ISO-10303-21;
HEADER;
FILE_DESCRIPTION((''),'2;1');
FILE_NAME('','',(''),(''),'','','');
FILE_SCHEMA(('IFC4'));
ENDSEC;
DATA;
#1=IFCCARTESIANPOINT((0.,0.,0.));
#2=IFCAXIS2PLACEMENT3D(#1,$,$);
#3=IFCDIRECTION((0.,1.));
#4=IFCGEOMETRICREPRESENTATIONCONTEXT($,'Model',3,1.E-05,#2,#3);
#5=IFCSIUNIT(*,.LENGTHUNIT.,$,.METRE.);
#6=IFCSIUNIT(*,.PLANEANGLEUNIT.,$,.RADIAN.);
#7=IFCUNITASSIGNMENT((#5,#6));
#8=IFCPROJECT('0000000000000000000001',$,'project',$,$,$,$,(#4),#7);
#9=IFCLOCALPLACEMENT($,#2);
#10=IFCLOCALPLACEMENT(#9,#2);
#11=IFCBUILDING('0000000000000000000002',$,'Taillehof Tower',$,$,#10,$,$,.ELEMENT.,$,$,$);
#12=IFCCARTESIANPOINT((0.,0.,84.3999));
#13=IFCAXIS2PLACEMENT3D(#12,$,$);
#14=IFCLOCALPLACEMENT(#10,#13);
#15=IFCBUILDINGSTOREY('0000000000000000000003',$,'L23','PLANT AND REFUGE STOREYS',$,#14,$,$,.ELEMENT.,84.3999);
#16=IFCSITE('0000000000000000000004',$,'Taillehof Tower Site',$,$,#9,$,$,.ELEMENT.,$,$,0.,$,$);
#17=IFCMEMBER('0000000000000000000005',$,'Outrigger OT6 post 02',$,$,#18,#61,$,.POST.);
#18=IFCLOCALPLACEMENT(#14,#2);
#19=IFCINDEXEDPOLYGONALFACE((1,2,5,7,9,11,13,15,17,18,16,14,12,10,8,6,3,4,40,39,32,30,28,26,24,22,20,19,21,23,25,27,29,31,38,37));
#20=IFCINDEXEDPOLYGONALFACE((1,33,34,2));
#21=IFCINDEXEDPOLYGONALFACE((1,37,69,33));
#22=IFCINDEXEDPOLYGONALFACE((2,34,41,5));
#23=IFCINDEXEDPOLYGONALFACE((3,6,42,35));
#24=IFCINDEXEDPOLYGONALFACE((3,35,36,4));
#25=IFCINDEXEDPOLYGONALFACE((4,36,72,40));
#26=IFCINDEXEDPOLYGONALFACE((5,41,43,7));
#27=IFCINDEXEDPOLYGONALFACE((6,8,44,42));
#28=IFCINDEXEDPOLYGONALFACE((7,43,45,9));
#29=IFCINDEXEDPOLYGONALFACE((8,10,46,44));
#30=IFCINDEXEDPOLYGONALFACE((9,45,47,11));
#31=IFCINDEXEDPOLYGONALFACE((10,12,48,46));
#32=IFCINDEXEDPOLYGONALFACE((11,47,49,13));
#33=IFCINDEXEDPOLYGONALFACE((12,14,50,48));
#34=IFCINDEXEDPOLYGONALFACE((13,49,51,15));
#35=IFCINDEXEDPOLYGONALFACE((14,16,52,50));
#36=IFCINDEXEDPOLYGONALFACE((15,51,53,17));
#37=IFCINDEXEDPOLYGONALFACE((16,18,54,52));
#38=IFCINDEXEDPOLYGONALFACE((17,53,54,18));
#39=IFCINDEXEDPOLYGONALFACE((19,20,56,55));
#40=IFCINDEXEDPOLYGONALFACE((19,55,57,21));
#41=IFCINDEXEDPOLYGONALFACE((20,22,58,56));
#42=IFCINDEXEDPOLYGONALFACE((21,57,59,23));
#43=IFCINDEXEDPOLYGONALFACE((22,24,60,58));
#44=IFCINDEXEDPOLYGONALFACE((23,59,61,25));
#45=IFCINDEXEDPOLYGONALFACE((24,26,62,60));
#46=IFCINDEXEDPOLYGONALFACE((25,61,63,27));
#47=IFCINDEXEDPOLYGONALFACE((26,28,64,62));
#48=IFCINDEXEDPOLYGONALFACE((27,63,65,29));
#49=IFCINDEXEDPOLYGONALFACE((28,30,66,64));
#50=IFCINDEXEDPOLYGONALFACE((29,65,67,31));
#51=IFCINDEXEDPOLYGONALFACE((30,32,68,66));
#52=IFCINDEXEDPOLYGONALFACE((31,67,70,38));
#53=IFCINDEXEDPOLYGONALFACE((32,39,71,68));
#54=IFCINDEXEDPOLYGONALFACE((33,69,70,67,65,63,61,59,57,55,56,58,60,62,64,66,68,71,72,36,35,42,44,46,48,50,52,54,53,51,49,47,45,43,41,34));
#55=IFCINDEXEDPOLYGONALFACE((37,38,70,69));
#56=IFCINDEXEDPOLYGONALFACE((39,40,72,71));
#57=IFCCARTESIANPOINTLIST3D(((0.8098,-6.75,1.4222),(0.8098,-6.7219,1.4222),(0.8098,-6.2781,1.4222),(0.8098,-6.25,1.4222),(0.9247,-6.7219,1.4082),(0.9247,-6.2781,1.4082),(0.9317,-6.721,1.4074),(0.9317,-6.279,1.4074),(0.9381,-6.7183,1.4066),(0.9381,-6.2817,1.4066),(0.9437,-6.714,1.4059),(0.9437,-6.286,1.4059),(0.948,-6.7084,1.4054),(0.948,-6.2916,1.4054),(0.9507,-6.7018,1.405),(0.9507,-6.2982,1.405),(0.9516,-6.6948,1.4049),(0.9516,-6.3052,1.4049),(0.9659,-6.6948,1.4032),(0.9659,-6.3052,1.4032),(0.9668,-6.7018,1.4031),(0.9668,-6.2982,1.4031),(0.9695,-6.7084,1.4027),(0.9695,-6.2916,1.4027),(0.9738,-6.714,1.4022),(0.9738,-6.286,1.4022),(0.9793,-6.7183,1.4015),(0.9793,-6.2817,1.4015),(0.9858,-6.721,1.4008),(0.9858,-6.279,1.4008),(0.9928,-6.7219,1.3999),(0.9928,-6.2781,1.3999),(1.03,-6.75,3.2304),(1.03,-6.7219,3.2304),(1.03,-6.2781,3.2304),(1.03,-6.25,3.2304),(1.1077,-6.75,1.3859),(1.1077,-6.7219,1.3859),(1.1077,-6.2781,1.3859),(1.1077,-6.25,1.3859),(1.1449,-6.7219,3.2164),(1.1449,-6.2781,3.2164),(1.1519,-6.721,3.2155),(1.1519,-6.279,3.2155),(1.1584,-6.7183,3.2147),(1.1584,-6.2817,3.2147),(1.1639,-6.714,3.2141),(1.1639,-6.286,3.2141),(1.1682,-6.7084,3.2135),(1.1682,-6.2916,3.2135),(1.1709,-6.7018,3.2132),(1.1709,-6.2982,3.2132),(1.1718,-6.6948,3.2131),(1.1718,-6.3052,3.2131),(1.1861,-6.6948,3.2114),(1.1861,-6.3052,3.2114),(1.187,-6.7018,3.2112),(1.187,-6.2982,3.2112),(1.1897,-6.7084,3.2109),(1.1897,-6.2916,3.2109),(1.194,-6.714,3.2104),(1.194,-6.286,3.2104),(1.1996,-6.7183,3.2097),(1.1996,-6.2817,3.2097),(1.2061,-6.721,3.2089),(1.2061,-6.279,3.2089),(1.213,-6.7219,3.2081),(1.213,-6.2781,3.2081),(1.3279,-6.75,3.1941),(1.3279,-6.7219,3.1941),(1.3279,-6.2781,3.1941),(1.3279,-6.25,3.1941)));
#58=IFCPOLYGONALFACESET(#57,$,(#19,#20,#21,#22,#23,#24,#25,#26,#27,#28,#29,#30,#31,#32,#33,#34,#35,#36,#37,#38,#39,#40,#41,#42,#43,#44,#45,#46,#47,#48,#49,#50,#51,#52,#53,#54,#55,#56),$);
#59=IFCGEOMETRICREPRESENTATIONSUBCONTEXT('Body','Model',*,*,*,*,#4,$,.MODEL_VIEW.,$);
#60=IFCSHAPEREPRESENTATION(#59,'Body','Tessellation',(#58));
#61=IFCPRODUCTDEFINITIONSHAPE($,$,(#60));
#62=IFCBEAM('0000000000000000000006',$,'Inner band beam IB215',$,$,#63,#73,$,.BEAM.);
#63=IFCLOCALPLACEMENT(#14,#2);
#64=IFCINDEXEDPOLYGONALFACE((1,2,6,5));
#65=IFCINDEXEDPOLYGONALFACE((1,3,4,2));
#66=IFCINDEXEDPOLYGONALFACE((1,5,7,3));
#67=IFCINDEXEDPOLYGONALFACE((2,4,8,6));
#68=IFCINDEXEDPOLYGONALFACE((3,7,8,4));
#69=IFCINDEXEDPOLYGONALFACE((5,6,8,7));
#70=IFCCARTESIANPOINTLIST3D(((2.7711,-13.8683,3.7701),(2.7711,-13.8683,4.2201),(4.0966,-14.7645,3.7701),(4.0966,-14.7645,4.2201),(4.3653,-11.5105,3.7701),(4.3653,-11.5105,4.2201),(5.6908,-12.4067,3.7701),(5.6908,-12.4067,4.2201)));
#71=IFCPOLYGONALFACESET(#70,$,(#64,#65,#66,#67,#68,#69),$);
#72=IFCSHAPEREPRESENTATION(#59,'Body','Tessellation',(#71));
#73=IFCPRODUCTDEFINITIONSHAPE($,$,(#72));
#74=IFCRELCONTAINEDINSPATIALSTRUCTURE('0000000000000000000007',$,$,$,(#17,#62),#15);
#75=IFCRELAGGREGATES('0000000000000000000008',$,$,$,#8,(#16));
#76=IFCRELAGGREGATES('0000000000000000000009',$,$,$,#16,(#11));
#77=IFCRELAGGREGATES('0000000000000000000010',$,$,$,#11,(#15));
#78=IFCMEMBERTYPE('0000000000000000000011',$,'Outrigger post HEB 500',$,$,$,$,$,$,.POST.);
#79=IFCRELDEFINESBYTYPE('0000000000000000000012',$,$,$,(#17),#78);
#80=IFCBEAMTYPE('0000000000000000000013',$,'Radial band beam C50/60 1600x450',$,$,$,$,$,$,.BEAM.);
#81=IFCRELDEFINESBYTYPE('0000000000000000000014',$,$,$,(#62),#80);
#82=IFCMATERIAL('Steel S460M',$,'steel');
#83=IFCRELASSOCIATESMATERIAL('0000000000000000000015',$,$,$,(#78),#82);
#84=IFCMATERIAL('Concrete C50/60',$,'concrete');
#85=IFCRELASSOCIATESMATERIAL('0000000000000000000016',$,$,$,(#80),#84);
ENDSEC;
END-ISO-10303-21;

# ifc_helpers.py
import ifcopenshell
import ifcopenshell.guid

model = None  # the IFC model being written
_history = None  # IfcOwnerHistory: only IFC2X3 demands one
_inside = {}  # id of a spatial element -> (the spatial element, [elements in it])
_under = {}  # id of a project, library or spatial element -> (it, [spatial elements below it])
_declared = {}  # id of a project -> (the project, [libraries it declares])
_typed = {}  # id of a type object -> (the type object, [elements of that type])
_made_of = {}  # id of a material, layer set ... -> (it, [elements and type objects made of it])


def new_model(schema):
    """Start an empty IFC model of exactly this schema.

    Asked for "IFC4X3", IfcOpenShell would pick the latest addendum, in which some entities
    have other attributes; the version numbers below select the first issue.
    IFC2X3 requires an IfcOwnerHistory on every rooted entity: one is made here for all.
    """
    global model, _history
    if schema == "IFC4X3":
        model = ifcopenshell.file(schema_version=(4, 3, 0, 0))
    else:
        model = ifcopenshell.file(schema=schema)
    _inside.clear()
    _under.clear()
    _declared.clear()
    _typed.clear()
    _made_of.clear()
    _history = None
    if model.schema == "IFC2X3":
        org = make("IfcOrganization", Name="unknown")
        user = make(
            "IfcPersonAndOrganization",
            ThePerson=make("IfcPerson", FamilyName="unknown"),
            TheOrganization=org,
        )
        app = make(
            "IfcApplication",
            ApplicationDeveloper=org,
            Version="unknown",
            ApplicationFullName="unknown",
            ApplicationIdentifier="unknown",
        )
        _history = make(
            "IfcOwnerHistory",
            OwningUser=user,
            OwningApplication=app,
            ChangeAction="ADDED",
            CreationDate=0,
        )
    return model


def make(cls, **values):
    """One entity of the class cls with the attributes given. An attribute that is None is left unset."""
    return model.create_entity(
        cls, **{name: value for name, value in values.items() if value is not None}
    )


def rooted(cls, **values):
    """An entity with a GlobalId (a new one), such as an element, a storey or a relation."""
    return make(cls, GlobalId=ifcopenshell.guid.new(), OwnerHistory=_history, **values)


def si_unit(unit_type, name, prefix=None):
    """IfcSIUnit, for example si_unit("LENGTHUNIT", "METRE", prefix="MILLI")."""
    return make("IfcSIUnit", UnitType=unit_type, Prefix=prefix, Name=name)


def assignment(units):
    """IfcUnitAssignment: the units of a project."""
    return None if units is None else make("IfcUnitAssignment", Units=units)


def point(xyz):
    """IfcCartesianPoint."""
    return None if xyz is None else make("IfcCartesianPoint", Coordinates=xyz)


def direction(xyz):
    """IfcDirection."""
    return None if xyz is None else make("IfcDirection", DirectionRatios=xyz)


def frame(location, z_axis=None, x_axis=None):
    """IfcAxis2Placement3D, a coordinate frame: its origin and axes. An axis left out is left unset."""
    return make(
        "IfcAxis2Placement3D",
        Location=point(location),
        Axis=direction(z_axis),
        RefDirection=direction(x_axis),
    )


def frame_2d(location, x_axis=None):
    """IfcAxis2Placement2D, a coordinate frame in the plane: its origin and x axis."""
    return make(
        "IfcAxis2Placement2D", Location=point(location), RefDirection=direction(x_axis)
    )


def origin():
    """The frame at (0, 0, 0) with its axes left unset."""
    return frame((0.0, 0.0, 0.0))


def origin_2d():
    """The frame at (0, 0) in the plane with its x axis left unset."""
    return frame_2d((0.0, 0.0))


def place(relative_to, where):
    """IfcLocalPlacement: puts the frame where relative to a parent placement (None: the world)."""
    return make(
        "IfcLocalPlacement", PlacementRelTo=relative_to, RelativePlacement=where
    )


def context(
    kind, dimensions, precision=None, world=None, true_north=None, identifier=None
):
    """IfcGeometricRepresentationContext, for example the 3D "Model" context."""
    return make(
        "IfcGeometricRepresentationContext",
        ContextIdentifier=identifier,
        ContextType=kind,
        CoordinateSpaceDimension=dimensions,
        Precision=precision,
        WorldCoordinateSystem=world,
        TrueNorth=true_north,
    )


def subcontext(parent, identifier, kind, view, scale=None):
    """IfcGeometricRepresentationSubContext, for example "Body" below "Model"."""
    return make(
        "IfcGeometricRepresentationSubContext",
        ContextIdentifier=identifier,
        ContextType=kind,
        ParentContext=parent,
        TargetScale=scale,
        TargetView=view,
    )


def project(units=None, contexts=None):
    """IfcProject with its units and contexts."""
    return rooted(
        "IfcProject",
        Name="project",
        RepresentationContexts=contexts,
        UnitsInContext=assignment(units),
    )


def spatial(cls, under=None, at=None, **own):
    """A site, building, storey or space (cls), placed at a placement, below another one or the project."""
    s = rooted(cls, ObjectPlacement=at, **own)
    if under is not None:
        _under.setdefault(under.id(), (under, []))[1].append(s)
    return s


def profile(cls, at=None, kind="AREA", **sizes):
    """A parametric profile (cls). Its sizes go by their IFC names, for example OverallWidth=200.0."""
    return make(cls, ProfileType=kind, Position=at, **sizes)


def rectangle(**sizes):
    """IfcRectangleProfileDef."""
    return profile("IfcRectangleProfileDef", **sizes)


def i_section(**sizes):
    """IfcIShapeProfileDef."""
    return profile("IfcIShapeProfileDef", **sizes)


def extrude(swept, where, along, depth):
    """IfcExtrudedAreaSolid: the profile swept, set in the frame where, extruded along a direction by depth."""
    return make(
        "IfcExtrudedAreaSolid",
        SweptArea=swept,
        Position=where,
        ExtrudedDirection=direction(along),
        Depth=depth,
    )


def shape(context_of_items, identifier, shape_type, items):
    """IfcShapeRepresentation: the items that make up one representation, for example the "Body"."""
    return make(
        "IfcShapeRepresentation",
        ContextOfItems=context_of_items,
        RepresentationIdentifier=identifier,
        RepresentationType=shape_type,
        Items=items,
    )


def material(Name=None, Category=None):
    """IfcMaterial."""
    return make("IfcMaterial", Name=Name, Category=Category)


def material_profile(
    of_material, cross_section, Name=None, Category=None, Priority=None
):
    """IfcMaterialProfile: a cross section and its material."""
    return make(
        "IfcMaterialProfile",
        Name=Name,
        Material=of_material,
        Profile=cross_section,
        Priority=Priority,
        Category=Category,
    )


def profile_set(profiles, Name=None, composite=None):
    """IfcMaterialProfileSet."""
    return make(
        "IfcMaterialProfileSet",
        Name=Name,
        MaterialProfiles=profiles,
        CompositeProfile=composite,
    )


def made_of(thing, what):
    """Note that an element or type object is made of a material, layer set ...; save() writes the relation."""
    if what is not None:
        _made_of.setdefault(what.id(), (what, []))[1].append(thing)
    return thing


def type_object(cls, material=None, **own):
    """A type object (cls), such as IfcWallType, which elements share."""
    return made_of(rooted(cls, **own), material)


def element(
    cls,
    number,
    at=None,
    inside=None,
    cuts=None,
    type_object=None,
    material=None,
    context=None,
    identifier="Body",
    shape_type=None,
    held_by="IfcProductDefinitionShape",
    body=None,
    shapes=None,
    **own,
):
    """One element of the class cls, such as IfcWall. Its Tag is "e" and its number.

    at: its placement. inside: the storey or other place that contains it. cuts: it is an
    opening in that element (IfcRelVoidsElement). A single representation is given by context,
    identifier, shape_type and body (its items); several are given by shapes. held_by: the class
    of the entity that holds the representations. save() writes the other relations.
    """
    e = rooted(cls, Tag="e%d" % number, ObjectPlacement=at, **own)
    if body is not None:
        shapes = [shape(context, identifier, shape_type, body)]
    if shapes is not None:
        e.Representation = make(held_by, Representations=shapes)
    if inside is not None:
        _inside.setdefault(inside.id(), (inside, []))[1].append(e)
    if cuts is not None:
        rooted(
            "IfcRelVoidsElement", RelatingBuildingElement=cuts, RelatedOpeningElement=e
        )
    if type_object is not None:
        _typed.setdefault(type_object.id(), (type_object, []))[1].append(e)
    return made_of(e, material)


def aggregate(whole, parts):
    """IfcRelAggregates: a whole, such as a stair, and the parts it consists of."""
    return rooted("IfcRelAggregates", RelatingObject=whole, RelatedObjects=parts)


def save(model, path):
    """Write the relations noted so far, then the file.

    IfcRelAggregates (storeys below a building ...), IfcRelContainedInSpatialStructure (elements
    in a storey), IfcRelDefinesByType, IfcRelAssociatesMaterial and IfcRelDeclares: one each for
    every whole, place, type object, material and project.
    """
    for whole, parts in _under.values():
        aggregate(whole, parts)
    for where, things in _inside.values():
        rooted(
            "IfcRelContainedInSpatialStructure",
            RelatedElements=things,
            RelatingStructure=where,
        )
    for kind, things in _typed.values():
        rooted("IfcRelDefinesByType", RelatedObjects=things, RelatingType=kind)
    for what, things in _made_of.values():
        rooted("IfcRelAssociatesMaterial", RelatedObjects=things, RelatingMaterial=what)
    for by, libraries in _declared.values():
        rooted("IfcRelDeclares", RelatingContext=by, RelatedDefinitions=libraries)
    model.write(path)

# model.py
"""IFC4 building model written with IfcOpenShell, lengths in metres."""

from ifc_helpers import new_model, si_unit, direction, frame, origin, origin_2d, place, context, subcontext, project, spatial, rectangle, i_section, extrude, material, material_profile, profile_set, type_object, element, save


model = new_model("IFC4")

# Units and contexts
model_context = context("Model", 3, precision=1e-05, world=origin(), true_north=direction((0.0, 1.0)))
body_context = subcontext(model_context, "Body", "Model", "MODEL_VIEW")
ifc_project = project(units=[si_unit("LENGTHUNIT", "METRE"), si_unit("PLANEANGLEUNIT", "RADIAN")], contexts=[model_context])

# Site, building, storey
site_placement = place(None, origin())
site = spatial("IfcSite", under=ifc_project, at=site_placement, Name="Taillehof Tower Site", CompositionType="ELEMENT", RefElevation=0.0)
building_placement = place(site_placement, origin())
building = spatial("IfcBuilding", under=site, at=building_placement, Name="Taillehof Tower", CompositionType="ELEMENT")
storey_placement = place(building_placement, frame((0.0, 0.0, 84.3999)))
storey = spatial("IfcBuildingStorey", under=building, at=storey_placement, Name="L23", Description="PLANT AND REFUGE STOREYS", CompositionType="ELEMENT", Elevation=84.3999)

# Member
ifc_material_1 = material(Name="Steel S460M", Category="steel")
ifc_material_profile_1 = material_profile(ifc_material_1, i_section(OverallWidth=0.3, OverallDepth=0.5, WebThickness=0.0144, FlangeThickness=0.0281, FilletRadius=0.0271, at=origin_2d()), Name="HEB 500")
ifc_profile_set_1 = profile_set([ifc_material_profile_1], Name="Steel S460M")
member_type_1 = type_object("IfcMemberType", Name="Outrigger post HEB 500", PredefinedType="POST", material=ifc_profile_set_1)
member_1_placement = place(storey_placement, frame((0.9587, -6.5, 1.4041), z_axis=(0.1209, 0.0, 0.992665), x_axis=(-0.992665, 0.0, 0.1209)))
element("IfcMember", 1, at=member_1_placement, inside=storey, type_object=member_type_1, Name="Outrigger OT6 post 02", PredefinedType="POST", context=body_context, shape_type="SweptSolid", body=[
    extrude(i_section(OverallWidth=0.3, OverallDepth=0.5, WebThickness=0.0144, FlangeThickness=0.0281, FilletRadius=0.0271, at=origin_2d()), origin(), (0.0, 0.0, 1.0), 1.8215),
])

# Beam
ifc_material_2 = material(Name="Concrete C50/60", Category="concrete")
ifc_material_profile_2 = material_profile(ifc_material_2, rectangle(XDim=1.6001, YDim=0.45, at=origin_2d()), Name="RC 1600x450")
ifc_profile_set_2 = profile_set([ifc_material_profile_2], Name="Concrete C50/60")
beam_type = type_object("IfcBeamType", Name="Radial band beam C50/60 1600x450", PredefinedType="BEAM", material=ifc_profile_set_2)
beam_placement = place(storey_placement, frame((3.4338, -14.3164, 3.9951), z_axis=(0.560112, 0.828417, 0.0), x_axis=(-0.828417, 0.560112, 0.0)))
element("IfcBeam", 2, at=beam_placement, inside=storey, type_object=beam_type, Name="Inner band beam IB215", PredefinedType="BEAM", context=body_context, shape_type="SweptSolid", body=[
    extrude(rectangle(XDim=1.6001, YDim=0.45, at=origin_2d()), origin(), (0.0, 0.0, 1.0), 2.8462),
])

save(model, "model.ifc")
